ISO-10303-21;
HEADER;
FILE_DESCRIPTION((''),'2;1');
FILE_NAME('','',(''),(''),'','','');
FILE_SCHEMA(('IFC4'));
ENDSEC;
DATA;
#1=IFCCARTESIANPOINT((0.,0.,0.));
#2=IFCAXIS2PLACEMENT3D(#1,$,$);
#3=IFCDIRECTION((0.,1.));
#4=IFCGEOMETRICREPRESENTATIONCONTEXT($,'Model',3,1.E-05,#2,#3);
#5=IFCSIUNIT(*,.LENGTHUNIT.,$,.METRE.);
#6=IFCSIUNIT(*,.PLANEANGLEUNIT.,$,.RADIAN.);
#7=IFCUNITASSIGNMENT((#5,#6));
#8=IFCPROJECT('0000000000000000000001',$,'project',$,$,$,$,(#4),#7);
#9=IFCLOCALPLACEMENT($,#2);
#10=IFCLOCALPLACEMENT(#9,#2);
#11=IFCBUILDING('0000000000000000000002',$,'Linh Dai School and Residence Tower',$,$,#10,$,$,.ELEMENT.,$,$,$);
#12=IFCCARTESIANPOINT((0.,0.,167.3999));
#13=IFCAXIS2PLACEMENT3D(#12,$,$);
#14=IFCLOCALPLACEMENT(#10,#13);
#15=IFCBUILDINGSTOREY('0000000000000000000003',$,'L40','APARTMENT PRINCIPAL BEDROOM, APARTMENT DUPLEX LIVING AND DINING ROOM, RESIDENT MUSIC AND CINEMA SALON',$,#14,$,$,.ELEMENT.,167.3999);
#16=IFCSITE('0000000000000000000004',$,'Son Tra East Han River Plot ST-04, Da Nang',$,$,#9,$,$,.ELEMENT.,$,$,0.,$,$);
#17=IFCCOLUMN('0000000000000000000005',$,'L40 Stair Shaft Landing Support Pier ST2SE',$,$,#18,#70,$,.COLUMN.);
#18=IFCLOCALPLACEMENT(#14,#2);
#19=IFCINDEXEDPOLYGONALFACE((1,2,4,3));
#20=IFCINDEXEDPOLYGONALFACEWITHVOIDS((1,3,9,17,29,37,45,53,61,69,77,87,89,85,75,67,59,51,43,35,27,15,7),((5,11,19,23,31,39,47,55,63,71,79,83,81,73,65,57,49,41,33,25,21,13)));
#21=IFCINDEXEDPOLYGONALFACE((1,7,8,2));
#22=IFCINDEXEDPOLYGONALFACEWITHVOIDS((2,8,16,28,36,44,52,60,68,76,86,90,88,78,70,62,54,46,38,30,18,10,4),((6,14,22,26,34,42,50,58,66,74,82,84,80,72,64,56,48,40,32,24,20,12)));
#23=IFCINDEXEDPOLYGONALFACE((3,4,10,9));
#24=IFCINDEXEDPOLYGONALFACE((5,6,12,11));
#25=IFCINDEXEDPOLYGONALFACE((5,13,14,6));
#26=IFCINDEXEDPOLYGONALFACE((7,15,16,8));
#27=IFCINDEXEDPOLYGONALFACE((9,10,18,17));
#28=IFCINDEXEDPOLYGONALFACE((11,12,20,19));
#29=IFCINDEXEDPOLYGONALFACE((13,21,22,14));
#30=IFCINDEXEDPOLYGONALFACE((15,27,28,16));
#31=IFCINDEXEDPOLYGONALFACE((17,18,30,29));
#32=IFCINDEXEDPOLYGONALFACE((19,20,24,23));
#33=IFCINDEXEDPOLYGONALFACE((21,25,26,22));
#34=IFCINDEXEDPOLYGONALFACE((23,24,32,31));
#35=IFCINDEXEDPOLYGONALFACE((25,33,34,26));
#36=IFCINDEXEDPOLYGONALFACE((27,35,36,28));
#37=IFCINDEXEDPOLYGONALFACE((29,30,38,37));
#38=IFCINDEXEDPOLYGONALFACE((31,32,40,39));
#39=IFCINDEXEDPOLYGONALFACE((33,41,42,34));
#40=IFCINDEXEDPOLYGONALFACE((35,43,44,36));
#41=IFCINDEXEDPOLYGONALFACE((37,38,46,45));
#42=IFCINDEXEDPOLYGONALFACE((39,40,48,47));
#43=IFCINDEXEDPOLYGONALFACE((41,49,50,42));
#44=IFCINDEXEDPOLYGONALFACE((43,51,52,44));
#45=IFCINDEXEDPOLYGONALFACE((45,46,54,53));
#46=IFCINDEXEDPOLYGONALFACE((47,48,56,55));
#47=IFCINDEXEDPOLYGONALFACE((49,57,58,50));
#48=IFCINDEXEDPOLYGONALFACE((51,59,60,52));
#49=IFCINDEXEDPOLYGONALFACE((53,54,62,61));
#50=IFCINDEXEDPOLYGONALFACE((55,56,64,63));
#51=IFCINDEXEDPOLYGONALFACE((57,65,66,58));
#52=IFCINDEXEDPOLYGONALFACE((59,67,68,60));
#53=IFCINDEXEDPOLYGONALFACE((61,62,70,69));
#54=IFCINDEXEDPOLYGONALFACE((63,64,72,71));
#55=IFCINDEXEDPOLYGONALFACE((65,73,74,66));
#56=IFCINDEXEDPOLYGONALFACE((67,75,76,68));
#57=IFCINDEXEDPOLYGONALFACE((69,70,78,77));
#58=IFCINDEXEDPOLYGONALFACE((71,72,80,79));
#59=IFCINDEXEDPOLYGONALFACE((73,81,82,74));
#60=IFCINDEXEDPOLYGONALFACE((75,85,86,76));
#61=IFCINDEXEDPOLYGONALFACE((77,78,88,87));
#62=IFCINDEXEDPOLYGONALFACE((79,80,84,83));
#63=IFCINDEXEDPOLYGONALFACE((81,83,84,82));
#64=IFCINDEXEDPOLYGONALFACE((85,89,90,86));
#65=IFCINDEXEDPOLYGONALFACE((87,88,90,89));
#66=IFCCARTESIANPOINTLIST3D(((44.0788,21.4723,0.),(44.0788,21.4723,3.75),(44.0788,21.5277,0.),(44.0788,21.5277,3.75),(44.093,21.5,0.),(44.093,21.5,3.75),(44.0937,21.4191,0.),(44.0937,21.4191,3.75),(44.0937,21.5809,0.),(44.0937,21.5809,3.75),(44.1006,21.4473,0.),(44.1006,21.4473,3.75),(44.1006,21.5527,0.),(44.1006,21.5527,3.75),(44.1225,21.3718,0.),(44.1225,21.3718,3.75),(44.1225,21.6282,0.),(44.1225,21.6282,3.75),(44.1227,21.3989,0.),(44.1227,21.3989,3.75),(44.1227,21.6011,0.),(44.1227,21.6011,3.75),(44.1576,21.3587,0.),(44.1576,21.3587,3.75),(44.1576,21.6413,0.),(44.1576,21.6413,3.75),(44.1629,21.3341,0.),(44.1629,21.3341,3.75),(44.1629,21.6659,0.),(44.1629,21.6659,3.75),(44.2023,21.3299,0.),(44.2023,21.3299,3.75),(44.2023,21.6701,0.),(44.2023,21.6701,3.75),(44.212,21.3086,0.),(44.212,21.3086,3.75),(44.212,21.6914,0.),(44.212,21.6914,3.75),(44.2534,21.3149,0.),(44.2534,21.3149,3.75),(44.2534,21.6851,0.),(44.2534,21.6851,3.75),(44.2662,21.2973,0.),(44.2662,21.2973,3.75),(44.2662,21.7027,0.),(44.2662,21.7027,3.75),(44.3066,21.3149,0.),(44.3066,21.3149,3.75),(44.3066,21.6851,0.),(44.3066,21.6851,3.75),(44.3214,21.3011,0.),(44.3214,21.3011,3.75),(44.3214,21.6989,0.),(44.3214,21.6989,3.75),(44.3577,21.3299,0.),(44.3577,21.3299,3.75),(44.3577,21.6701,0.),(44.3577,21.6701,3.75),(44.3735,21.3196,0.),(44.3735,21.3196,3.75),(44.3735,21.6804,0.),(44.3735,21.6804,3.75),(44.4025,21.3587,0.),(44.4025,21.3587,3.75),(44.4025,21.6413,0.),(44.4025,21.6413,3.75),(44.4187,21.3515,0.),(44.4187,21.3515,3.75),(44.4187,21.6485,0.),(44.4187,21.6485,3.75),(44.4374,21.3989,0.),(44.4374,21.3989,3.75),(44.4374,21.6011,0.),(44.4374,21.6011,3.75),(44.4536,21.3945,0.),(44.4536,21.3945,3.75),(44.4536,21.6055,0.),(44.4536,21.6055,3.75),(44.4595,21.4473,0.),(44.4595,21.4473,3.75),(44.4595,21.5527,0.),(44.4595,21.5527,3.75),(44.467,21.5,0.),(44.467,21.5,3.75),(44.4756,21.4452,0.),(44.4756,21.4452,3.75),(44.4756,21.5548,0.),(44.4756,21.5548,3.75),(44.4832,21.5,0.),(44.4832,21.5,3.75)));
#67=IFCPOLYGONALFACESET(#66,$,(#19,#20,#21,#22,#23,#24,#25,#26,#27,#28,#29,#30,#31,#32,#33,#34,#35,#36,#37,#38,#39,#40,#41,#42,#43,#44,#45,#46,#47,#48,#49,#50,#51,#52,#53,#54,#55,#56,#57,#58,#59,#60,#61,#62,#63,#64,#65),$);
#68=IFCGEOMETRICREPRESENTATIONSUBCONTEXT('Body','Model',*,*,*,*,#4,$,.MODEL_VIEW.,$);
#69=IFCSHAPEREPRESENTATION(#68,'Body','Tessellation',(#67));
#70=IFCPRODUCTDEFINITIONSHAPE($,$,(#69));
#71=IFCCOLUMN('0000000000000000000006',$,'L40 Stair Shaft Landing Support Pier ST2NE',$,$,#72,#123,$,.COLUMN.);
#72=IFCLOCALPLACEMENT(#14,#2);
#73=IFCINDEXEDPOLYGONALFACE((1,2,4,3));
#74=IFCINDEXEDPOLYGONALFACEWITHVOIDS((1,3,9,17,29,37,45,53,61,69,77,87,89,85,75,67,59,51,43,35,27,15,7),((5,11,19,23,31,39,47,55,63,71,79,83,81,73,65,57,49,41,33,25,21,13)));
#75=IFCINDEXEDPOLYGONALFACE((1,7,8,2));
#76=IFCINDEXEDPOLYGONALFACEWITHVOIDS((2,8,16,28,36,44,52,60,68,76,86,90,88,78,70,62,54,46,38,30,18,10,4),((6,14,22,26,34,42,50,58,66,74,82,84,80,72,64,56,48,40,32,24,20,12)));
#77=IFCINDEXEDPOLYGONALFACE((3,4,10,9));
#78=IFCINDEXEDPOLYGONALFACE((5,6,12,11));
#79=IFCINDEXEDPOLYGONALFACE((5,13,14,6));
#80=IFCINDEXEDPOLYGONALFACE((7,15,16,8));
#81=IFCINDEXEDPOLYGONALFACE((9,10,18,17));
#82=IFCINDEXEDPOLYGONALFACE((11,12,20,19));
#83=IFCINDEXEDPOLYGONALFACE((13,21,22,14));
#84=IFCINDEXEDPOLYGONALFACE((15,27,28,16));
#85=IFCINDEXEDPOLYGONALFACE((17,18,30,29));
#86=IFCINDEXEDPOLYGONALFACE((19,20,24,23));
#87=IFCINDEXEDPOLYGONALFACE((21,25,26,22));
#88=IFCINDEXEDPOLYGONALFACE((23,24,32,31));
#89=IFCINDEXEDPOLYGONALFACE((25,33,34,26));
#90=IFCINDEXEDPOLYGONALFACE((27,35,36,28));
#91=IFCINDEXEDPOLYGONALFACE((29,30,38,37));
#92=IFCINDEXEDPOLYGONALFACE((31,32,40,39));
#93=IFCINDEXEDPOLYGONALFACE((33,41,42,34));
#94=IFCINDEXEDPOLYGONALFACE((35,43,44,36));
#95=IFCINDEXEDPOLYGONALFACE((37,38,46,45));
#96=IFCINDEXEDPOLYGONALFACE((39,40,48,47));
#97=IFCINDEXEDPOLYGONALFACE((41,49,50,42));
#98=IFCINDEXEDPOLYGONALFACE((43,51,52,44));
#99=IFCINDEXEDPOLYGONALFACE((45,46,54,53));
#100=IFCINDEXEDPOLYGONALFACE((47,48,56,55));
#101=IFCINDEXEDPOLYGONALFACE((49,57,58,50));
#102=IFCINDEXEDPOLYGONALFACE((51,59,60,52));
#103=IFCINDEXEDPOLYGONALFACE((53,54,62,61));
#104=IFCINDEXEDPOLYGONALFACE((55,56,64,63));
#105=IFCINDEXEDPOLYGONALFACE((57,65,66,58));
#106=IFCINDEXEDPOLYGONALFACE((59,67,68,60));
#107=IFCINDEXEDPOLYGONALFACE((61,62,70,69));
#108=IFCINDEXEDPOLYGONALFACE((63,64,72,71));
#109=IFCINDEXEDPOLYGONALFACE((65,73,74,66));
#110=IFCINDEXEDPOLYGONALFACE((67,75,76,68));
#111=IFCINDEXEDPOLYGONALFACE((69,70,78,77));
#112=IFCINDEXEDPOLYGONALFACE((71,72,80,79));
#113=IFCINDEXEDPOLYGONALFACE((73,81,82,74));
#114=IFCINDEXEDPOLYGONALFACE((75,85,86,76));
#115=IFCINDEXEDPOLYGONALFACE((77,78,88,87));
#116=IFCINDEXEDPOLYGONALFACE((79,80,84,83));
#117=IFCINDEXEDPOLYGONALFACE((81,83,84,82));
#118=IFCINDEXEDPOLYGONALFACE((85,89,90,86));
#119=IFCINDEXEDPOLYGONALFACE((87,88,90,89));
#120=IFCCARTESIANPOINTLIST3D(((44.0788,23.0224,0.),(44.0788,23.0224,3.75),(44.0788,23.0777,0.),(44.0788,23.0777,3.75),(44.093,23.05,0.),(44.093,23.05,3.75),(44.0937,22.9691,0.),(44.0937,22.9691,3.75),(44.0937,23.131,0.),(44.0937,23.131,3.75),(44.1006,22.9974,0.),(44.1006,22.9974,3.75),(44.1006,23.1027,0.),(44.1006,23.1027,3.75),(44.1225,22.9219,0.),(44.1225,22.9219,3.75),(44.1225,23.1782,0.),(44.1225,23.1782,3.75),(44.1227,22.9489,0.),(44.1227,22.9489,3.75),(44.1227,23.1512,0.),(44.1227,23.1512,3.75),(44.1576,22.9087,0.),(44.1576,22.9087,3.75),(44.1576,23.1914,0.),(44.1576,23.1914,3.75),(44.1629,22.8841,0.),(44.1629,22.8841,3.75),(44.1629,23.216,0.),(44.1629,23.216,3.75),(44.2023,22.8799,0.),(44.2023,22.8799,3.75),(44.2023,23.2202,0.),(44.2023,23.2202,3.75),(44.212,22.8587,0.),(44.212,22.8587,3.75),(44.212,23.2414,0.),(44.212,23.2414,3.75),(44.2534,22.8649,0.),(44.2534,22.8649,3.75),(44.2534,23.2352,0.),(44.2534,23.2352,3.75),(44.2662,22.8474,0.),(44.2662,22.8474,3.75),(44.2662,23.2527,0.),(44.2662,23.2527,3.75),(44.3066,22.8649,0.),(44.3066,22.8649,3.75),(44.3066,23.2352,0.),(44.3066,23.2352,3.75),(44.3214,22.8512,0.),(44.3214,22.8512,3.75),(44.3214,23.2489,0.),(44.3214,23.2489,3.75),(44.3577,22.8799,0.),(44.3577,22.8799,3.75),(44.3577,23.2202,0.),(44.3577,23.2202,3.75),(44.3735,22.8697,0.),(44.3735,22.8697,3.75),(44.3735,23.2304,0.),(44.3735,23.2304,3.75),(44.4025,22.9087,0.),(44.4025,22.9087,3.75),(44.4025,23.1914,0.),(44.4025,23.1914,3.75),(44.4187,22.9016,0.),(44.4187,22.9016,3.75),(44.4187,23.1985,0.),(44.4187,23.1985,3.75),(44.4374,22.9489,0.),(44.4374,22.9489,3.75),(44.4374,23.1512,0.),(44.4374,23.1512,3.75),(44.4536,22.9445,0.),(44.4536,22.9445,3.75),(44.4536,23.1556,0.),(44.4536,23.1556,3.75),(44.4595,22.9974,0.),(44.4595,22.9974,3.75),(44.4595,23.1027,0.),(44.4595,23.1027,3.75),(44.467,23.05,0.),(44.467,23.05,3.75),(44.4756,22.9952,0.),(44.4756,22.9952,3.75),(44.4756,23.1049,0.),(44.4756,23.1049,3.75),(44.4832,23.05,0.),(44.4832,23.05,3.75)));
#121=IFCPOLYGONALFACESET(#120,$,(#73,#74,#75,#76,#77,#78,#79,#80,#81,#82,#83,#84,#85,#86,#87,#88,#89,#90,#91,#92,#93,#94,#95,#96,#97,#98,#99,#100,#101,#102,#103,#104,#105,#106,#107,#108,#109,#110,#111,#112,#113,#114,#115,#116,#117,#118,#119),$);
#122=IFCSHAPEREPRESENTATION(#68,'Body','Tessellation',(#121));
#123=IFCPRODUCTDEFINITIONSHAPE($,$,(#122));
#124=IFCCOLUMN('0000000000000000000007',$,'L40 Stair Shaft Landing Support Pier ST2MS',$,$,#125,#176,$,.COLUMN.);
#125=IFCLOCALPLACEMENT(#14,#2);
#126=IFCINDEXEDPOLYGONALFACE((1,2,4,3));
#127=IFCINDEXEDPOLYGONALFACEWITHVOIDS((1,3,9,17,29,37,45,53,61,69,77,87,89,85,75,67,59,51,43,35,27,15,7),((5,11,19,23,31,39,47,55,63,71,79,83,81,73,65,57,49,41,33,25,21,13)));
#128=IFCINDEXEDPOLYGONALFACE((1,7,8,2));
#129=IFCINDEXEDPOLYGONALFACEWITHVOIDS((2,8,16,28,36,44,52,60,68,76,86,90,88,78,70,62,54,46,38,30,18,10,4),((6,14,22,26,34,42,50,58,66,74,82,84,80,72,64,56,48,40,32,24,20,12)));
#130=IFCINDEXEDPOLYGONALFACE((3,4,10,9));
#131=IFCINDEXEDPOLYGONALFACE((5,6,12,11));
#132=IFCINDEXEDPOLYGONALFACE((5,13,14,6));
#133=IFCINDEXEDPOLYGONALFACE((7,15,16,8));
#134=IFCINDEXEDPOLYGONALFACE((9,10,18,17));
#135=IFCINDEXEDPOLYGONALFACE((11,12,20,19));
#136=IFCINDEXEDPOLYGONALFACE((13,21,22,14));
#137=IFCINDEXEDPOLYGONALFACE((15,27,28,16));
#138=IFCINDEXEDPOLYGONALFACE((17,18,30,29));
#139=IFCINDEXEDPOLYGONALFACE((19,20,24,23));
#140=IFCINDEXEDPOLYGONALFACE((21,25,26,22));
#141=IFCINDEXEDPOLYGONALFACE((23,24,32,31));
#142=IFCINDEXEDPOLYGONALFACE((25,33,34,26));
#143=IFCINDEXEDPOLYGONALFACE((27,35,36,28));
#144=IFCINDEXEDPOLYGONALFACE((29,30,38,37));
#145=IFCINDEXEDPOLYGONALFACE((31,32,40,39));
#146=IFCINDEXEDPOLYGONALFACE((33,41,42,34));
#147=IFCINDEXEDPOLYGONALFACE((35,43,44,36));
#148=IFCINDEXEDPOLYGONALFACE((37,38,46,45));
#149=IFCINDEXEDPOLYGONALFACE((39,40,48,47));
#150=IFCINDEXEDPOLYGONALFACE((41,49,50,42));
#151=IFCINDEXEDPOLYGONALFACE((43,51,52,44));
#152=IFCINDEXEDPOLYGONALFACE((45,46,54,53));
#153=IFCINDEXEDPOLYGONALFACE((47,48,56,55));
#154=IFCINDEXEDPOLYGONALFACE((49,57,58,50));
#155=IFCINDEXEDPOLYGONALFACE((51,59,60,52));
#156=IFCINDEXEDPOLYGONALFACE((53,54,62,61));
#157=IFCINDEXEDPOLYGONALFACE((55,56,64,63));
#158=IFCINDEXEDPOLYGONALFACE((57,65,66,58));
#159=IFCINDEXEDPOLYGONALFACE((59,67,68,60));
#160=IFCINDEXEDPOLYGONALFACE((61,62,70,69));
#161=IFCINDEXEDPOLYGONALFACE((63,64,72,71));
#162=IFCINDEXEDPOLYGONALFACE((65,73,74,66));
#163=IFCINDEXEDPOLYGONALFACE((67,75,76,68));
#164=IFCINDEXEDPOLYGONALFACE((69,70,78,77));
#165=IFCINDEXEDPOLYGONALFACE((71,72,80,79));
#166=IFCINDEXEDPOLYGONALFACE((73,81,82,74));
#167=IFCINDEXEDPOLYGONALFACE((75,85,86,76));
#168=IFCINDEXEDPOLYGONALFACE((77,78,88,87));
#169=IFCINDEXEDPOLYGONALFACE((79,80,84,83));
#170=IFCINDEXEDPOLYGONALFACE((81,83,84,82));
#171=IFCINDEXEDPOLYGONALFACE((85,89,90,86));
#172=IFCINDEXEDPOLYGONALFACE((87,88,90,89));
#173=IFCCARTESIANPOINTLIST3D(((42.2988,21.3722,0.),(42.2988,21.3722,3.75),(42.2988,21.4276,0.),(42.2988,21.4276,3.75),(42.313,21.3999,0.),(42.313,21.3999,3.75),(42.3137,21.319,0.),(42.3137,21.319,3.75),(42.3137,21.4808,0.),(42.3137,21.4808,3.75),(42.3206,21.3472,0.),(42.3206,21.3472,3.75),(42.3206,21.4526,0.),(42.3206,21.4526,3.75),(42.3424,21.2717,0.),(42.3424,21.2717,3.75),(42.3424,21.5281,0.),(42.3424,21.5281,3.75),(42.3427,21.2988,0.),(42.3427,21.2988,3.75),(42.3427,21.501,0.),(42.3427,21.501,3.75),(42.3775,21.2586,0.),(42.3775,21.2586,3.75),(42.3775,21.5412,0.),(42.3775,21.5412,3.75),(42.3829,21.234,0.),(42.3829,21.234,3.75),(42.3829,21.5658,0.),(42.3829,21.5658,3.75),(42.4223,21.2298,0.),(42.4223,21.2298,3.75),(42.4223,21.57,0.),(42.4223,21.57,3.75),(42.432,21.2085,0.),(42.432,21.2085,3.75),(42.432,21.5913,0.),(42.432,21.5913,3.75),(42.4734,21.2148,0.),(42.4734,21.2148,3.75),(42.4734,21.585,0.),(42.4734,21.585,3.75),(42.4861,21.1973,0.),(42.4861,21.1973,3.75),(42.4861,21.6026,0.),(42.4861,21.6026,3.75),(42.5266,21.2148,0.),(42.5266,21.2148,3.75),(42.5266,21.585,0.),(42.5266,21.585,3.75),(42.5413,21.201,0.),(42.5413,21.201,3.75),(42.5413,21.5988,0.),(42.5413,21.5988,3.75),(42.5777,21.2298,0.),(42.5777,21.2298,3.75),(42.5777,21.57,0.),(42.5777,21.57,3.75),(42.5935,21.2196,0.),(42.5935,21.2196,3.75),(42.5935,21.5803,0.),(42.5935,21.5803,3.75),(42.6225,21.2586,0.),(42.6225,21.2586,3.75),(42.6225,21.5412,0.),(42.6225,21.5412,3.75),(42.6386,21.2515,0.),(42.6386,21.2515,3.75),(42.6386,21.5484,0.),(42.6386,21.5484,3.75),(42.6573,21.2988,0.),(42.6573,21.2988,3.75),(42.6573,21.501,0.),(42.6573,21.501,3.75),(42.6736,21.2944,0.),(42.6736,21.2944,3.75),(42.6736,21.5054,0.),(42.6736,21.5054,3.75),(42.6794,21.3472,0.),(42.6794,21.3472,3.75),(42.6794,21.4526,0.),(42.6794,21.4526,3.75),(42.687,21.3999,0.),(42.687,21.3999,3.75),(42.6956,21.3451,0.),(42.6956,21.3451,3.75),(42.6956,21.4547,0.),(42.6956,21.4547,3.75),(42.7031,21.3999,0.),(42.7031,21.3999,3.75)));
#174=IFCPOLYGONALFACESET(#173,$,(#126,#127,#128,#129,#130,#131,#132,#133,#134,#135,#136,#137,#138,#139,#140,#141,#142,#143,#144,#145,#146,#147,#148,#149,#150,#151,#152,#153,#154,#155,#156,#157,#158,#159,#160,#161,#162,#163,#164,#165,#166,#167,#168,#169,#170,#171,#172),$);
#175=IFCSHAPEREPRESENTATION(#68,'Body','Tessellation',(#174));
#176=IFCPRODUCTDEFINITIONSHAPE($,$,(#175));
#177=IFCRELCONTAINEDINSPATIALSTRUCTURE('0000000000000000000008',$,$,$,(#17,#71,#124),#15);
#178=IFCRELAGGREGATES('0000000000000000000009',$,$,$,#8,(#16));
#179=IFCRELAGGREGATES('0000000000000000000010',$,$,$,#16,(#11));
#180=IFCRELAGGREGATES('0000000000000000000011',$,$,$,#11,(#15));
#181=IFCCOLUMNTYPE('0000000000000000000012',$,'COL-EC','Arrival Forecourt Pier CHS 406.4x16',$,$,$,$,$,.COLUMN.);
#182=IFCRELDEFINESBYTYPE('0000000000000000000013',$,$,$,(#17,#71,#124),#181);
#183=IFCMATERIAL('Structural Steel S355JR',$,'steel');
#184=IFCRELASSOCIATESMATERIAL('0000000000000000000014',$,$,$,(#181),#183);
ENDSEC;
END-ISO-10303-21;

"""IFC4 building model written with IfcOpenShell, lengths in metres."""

from ifc_helpers import new_model, si_unit, direction, frame, origin, origin_2d, place, context, subcontext, project, spatial, hollow_circle, extrude, material, material_profile, profile_set, type_object, element, save


model = new_model("IFC4")

# Units and contexts
model_context = context("Model", 3, precision=1e-05, world=origin(), true_north=direction((0.0, 1.0)))
body_context = subcontext(model_context, "Body", "Model", "MODEL_VIEW")
ifc_project = project(units=[si_unit("LENGTHUNIT", "METRE"), si_unit("PLANEANGLEUNIT", "RADIAN")], contexts=[model_context])

# Site, building, storey
site_placement = place(None, origin())
site = spatial("IfcSite", under=ifc_project, at=site_placement, Name="Son Tra East Han River Plot ST-04, Da Nang", CompositionType="ELEMENT", RefElevation=0.0)
building_placement = place(site_placement, origin())
building = spatial("IfcBuilding", under=site, at=building_placement, Name="Linh Dai School and Residence Tower", CompositionType="ELEMENT")
storey_placement = place(building_placement, frame((0.0, 0.0, 167.3999)))
storey = spatial("IfcBuildingStorey", under=building, at=storey_placement, Name="L40", Description="APARTMENT PRINCIPAL BEDROOM, APARTMENT DUPLEX LIVING AND DINING ROOM, RESIDENT MUSIC AND CINEMA SALON", CompositionType="ELEMENT", Elevation=167.3999)

# Columns
ifc_material_1 = material(Name="Structural Steel S355JR", Category="steel")
ifc_material_profile_1 = material_profile(ifc_material_1, hollow_circle(Radius=0.2031, WallThickness=0.0161, at=origin_2d()), Name="CHS 406.4x16")
ifc_profile_set_1 = profile_set([ifc_material_profile_1], Name="Structural Steel S355JR")
column_type_1 = type_object("IfcColumnType", Name="COL-EC", Description="Arrival Forecourt Pier CHS 406.4x16", PredefinedType="COLUMN", material=ifc_profile_set_1)
for number, where, z_axis, x_axis, name in (
    (1, (44.28, 21.5, 0.0), (0.0, 0.0, 1.0), (1.0, 0.0, 0.0), "L40 Stair Shaft Landing Support Pier ST2SE"),
    (2, (44.28, 23.05, 0.0), (0.0, 0.0, 1.0), (1.0, 0.0, 0.0), "L40 Stair Shaft Landing Support Pier ST2NE"),
    (3, (42.5, 21.3999, 0.0), (0.0, 0.0, 1.0), (1.0, 0.0, 0.0), "L40 Stair Shaft Landing Support Pier ST2MS"),
):
    element("IfcColumn", number, at=place(storey_placement, frame(where, z_axis=z_axis, x_axis=x_axis)), inside=storey, type_object=column_type_1, Name=name, PredefinedType="COLUMN", context=body_context, shape_type="SweptSolid", body=[
        extrude(hollow_circle(Radius=0.2031, WallThickness=0.0161, at=origin_2d()), origin(), (0.0, 0.0, 1.0), 3.75),
    ])

save(model, "model.ifc")
